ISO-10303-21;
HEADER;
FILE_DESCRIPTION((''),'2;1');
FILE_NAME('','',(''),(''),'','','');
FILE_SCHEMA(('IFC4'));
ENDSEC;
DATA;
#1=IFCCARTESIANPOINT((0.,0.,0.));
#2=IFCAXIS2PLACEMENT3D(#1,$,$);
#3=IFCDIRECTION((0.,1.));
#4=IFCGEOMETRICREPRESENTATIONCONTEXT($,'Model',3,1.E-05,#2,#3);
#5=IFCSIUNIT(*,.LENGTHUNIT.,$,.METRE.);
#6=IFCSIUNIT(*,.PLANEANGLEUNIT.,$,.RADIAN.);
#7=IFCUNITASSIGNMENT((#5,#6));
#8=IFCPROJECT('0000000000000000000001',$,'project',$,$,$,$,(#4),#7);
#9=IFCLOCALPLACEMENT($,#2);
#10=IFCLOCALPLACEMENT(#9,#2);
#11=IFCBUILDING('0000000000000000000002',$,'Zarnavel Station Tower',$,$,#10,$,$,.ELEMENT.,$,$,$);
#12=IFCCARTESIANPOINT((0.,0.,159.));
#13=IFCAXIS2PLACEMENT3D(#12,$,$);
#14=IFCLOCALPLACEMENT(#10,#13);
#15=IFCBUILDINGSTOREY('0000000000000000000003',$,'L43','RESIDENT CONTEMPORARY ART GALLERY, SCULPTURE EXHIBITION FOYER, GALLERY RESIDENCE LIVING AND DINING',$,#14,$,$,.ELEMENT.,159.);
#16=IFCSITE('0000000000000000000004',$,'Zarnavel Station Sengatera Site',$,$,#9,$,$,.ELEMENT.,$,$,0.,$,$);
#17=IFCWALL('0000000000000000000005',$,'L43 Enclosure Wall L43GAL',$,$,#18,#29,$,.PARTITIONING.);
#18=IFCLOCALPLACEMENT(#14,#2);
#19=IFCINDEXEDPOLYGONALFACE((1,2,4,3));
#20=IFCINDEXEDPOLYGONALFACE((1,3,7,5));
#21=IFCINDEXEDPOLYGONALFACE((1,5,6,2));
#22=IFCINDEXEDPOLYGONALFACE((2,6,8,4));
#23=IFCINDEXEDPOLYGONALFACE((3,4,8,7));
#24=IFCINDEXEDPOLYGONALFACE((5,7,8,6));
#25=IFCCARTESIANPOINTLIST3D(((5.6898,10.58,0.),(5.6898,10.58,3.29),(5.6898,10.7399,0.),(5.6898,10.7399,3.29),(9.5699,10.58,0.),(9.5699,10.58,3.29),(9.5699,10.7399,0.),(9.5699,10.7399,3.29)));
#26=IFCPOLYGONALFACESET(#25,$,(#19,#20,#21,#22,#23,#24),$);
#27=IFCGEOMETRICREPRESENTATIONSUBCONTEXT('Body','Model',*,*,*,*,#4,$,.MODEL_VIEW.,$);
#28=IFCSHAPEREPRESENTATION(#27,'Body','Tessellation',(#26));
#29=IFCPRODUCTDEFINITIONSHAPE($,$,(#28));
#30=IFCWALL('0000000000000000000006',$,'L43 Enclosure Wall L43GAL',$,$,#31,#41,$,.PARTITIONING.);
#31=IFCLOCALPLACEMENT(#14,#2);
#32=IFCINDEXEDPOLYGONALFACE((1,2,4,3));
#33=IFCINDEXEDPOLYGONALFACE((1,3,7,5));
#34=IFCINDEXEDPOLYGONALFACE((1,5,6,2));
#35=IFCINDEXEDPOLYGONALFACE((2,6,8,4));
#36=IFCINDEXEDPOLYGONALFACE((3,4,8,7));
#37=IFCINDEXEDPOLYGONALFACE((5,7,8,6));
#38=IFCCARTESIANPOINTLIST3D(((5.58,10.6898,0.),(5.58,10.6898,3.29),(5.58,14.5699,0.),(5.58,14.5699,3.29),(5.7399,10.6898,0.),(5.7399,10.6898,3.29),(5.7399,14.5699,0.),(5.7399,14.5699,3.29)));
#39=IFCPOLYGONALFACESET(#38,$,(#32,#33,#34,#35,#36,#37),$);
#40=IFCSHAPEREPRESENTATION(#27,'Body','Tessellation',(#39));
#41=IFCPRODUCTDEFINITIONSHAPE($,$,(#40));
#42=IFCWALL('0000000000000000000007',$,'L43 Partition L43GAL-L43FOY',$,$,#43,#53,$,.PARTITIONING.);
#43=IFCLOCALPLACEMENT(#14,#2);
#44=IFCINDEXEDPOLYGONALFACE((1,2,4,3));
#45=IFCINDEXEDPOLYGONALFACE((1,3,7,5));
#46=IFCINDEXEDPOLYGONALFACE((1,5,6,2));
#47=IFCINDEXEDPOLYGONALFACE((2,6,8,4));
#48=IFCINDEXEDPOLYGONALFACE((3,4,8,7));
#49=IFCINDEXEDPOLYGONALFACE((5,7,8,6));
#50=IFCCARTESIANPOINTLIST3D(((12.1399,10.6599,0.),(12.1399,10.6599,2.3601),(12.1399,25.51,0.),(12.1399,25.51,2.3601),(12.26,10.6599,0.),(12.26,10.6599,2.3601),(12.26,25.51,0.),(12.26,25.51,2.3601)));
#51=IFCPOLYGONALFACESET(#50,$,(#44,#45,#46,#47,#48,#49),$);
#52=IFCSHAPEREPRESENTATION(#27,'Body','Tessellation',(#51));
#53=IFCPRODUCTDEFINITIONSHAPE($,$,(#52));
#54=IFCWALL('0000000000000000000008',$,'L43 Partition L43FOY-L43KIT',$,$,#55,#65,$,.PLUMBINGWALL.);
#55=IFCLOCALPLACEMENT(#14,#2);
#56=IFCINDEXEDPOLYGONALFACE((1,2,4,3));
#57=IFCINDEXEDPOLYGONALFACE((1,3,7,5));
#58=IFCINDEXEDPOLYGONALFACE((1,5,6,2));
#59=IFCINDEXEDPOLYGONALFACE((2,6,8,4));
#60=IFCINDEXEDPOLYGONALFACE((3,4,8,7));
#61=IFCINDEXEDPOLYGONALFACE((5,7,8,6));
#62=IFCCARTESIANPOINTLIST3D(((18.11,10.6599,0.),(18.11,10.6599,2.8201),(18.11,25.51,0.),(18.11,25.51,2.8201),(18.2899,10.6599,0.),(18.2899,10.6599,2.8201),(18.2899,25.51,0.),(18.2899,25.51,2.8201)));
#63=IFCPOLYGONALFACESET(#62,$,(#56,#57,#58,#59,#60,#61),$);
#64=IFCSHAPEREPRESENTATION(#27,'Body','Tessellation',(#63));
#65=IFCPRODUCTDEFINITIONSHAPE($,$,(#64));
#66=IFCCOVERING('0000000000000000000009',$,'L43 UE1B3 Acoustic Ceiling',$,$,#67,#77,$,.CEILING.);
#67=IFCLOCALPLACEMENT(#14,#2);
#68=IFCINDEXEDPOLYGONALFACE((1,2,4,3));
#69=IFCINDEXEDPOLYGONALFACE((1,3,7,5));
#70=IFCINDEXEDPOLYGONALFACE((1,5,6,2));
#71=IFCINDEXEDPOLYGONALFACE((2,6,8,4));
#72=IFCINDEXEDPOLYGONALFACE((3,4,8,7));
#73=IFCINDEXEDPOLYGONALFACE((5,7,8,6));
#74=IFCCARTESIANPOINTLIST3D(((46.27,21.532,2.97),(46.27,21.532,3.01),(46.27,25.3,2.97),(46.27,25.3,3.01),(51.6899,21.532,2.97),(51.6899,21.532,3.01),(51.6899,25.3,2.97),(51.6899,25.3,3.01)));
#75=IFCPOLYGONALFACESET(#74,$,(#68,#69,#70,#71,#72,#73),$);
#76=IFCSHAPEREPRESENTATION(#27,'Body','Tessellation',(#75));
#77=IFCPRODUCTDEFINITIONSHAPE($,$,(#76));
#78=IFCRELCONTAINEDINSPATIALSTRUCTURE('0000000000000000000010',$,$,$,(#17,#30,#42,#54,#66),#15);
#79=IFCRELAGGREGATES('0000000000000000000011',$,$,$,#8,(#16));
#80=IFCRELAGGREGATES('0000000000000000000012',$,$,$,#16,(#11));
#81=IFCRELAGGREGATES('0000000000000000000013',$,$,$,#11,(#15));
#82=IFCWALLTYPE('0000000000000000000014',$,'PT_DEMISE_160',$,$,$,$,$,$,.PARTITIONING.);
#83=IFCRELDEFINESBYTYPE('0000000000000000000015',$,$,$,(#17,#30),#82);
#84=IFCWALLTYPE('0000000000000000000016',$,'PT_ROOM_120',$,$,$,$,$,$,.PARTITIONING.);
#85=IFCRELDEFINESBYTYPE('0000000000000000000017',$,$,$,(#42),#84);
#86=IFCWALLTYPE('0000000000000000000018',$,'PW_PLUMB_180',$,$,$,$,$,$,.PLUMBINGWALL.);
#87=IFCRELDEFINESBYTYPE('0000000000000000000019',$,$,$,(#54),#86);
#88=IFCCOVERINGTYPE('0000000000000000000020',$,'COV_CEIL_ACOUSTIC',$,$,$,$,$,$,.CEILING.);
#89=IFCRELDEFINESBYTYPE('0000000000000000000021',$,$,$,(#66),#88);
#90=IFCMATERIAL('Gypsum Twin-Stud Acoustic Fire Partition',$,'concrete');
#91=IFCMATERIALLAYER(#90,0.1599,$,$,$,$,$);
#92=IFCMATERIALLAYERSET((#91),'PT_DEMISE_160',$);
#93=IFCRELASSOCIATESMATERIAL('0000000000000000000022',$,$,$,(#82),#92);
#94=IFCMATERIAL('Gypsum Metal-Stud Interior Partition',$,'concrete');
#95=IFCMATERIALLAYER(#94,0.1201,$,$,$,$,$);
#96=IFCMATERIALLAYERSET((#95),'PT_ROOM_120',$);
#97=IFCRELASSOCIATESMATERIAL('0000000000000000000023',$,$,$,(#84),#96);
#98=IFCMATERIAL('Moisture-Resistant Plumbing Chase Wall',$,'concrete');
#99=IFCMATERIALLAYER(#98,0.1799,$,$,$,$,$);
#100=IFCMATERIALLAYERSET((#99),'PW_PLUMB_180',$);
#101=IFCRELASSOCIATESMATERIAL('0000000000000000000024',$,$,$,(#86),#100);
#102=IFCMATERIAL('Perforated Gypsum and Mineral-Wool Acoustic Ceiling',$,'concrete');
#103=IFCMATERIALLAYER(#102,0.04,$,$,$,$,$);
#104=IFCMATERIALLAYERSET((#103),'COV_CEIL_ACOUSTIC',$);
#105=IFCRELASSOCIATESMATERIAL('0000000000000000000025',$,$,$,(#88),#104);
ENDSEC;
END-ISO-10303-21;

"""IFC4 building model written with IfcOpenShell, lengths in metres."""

from ifc_helpers import new_model, si_unit, direction, frame, frame_2d, origin, place, context, subcontext, project, spatial, polyline, rectangle, outline, extrude, material, layer, layer_set, type_object, element, save


model = new_model("IFC4")

# Units and contexts
model_context = context("Model", 3, precision=1e-05, world=origin(), true_north=direction((0.0, 1.0)))
body_context = subcontext(model_context, "Body", "Model", "MODEL_VIEW")
ifc_project = project(units=[si_unit("LENGTHUNIT", "METRE"), si_unit("PLANEANGLEUNIT", "RADIAN")], contexts=[model_context])

# Site, building, storey
site_placement = place(None, origin())
site = spatial("IfcSite", under=ifc_project, at=site_placement, Name="Zarnavel Station Sengatera Site", CompositionType="ELEMENT", RefElevation=0.0)
building_placement = place(site_placement, origin())
building = spatial("IfcBuilding", under=site, at=building_placement, Name="Zarnavel Station Tower", CompositionType="ELEMENT")
storey_placement = place(building_placement, frame((0.0, 0.0, 159.0)))
storey = spatial("IfcBuildingStorey", under=building, at=storey_placement, Name="L43", Description="RESIDENT CONTEMPORARY ART GALLERY, SCULPTURE EXHIBITION FOYER, GALLERY RESIDENCE LIVING AND DINING", CompositionType="ELEMENT", Elevation=159.0)

# Walls
ifc_material_1 = material(Name="Gypsum Twin-Stud Acoustic Fire Partition", Category="concrete")
ifc_layer_1 = layer(ifc_material_1, 0.1599)
ifc_layer_set_1 = layer_set([ifc_layer_1], Name="PT_DEMISE_160")
wall_type_1 = type_object("IfcWallType", Name="PT_DEMISE_160", PredefinedType="PARTITIONING", material=ifc_layer_set_1)
for number, where, z_axis, x_axis, name in (
    (1, (5.6899, 10.6599, 0.0), (0.0, 0.0, 1.0), (1.0, 0.0, 0.0), "L43 Enclosure Wall L43GAL"),
    (2, (5.6599, 10.6899, 0.0), (0.0, 0.0, 1.0), (0.0, 1.0, 0.0), "L43 Enclosure Wall L43GAL"),
):
    element("IfcWall", number, at=place(storey_placement, frame(where, z_axis=z_axis, x_axis=x_axis)), inside=storey, type_object=wall_type_1, Name=name, PredefinedType="PARTITIONING", context=body_context, shape_type="SweptSolid", body=[
        extrude(rectangle(XDim=3.8801, YDim=0.1599, at=frame_2d((1.9399, 0.0))), origin(), (0.0, 0.0, 1.0), 3.29),
    ])
ifc_material_2 = material(Name="Gypsum Metal-Stud Interior Partition", Category="concrete")
ifc_layer_2 = layer(ifc_material_2, 0.1201)
ifc_layer_set_2 = layer_set([ifc_layer_2], Name="PT_ROOM_120")
wall_type_2 = type_object("IfcWallType", Name="PT_ROOM_120", PredefinedType="PARTITIONING", material=ifc_layer_set_2)
wall_1_placement = place(storey_placement, frame((12.2, 10.6599, 0.0), z_axis=(0.0, 0.0, 1.0), x_axis=(0.0, 1.0, 0.0)))
element("IfcWall", 3, at=wall_1_placement, inside=storey, type_object=wall_type_2, Name="L43 Partition L43GAL-L43FOY", PredefinedType="PARTITIONING", context=body_context, shape_type="SweptSolid", body=[
    extrude(rectangle(XDim=14.8501, YDim=0.1201, at=frame_2d((7.425, 0.0))), origin(), (0.0, 0.0, 1.0), 2.3601),
])
ifc_material_3 = material(Name="Moisture-Resistant Plumbing Chase Wall", Category="concrete")
ifc_layer_3 = layer(ifc_material_3, 0.1799)
ifc_layer_set_3 = layer_set([ifc_layer_3], Name="PW_PLUMB_180")
wall_type_3 = type_object("IfcWallType", Name="PW_PLUMB_180", PredefinedType="PLUMBINGWALL", material=ifc_layer_set_3)
wall_2_placement = place(storey_placement, frame((18.2, 10.6599, 0.0), z_axis=(0.0, 0.0, 1.0), x_axis=(0.0, 1.0, 0.0)))
element("IfcWall", 4, at=wall_2_placement, inside=storey, type_object=wall_type_3, Name="L43 Partition L43FOY-L43KIT", PredefinedType="PLUMBINGWALL", context=body_context, shape_type="SweptSolid", body=[
    extrude(rectangle(XDim=14.8501, YDim=0.1799, at=frame_2d((7.425, 0.0))), origin(), (0.0, 0.0, 1.0), 2.8201),
])

# Covering
ifc_material_4 = material(Name="Perforated Gypsum and Mineral-Wool Acoustic Ceiling", Category="concrete")
ifc_layer_4 = layer(ifc_material_4, 0.04)
ifc_layer_set_4 = layer_set([ifc_layer_4], Name="COV_CEIL_ACOUSTIC")
covering_type = type_object("IfcCoveringType", Name="COV_CEIL_ACOUSTIC", PredefinedType="CEILING", material=ifc_layer_set_4)
covering_placement = place(storey_placement, frame((0.0, 0.0, 2.97)))
element("IfcCovering", 5, at=covering_placement, inside=storey, type_object=covering_type, Name="L43 UE1B3 Acoustic Ceiling", PredefinedType="CEILING", context=body_context, shape_type="SweptSolid", body=[
    extrude(outline(polyline([(46.27, 21.532), (51.6899, 21.532), (51.6899, 25.3), (46.27, 25.3), (46.27, 21.532)])), origin(), (0.0, 0.0, 1.0), 0.04),
])

save(model, "model.ifc")
